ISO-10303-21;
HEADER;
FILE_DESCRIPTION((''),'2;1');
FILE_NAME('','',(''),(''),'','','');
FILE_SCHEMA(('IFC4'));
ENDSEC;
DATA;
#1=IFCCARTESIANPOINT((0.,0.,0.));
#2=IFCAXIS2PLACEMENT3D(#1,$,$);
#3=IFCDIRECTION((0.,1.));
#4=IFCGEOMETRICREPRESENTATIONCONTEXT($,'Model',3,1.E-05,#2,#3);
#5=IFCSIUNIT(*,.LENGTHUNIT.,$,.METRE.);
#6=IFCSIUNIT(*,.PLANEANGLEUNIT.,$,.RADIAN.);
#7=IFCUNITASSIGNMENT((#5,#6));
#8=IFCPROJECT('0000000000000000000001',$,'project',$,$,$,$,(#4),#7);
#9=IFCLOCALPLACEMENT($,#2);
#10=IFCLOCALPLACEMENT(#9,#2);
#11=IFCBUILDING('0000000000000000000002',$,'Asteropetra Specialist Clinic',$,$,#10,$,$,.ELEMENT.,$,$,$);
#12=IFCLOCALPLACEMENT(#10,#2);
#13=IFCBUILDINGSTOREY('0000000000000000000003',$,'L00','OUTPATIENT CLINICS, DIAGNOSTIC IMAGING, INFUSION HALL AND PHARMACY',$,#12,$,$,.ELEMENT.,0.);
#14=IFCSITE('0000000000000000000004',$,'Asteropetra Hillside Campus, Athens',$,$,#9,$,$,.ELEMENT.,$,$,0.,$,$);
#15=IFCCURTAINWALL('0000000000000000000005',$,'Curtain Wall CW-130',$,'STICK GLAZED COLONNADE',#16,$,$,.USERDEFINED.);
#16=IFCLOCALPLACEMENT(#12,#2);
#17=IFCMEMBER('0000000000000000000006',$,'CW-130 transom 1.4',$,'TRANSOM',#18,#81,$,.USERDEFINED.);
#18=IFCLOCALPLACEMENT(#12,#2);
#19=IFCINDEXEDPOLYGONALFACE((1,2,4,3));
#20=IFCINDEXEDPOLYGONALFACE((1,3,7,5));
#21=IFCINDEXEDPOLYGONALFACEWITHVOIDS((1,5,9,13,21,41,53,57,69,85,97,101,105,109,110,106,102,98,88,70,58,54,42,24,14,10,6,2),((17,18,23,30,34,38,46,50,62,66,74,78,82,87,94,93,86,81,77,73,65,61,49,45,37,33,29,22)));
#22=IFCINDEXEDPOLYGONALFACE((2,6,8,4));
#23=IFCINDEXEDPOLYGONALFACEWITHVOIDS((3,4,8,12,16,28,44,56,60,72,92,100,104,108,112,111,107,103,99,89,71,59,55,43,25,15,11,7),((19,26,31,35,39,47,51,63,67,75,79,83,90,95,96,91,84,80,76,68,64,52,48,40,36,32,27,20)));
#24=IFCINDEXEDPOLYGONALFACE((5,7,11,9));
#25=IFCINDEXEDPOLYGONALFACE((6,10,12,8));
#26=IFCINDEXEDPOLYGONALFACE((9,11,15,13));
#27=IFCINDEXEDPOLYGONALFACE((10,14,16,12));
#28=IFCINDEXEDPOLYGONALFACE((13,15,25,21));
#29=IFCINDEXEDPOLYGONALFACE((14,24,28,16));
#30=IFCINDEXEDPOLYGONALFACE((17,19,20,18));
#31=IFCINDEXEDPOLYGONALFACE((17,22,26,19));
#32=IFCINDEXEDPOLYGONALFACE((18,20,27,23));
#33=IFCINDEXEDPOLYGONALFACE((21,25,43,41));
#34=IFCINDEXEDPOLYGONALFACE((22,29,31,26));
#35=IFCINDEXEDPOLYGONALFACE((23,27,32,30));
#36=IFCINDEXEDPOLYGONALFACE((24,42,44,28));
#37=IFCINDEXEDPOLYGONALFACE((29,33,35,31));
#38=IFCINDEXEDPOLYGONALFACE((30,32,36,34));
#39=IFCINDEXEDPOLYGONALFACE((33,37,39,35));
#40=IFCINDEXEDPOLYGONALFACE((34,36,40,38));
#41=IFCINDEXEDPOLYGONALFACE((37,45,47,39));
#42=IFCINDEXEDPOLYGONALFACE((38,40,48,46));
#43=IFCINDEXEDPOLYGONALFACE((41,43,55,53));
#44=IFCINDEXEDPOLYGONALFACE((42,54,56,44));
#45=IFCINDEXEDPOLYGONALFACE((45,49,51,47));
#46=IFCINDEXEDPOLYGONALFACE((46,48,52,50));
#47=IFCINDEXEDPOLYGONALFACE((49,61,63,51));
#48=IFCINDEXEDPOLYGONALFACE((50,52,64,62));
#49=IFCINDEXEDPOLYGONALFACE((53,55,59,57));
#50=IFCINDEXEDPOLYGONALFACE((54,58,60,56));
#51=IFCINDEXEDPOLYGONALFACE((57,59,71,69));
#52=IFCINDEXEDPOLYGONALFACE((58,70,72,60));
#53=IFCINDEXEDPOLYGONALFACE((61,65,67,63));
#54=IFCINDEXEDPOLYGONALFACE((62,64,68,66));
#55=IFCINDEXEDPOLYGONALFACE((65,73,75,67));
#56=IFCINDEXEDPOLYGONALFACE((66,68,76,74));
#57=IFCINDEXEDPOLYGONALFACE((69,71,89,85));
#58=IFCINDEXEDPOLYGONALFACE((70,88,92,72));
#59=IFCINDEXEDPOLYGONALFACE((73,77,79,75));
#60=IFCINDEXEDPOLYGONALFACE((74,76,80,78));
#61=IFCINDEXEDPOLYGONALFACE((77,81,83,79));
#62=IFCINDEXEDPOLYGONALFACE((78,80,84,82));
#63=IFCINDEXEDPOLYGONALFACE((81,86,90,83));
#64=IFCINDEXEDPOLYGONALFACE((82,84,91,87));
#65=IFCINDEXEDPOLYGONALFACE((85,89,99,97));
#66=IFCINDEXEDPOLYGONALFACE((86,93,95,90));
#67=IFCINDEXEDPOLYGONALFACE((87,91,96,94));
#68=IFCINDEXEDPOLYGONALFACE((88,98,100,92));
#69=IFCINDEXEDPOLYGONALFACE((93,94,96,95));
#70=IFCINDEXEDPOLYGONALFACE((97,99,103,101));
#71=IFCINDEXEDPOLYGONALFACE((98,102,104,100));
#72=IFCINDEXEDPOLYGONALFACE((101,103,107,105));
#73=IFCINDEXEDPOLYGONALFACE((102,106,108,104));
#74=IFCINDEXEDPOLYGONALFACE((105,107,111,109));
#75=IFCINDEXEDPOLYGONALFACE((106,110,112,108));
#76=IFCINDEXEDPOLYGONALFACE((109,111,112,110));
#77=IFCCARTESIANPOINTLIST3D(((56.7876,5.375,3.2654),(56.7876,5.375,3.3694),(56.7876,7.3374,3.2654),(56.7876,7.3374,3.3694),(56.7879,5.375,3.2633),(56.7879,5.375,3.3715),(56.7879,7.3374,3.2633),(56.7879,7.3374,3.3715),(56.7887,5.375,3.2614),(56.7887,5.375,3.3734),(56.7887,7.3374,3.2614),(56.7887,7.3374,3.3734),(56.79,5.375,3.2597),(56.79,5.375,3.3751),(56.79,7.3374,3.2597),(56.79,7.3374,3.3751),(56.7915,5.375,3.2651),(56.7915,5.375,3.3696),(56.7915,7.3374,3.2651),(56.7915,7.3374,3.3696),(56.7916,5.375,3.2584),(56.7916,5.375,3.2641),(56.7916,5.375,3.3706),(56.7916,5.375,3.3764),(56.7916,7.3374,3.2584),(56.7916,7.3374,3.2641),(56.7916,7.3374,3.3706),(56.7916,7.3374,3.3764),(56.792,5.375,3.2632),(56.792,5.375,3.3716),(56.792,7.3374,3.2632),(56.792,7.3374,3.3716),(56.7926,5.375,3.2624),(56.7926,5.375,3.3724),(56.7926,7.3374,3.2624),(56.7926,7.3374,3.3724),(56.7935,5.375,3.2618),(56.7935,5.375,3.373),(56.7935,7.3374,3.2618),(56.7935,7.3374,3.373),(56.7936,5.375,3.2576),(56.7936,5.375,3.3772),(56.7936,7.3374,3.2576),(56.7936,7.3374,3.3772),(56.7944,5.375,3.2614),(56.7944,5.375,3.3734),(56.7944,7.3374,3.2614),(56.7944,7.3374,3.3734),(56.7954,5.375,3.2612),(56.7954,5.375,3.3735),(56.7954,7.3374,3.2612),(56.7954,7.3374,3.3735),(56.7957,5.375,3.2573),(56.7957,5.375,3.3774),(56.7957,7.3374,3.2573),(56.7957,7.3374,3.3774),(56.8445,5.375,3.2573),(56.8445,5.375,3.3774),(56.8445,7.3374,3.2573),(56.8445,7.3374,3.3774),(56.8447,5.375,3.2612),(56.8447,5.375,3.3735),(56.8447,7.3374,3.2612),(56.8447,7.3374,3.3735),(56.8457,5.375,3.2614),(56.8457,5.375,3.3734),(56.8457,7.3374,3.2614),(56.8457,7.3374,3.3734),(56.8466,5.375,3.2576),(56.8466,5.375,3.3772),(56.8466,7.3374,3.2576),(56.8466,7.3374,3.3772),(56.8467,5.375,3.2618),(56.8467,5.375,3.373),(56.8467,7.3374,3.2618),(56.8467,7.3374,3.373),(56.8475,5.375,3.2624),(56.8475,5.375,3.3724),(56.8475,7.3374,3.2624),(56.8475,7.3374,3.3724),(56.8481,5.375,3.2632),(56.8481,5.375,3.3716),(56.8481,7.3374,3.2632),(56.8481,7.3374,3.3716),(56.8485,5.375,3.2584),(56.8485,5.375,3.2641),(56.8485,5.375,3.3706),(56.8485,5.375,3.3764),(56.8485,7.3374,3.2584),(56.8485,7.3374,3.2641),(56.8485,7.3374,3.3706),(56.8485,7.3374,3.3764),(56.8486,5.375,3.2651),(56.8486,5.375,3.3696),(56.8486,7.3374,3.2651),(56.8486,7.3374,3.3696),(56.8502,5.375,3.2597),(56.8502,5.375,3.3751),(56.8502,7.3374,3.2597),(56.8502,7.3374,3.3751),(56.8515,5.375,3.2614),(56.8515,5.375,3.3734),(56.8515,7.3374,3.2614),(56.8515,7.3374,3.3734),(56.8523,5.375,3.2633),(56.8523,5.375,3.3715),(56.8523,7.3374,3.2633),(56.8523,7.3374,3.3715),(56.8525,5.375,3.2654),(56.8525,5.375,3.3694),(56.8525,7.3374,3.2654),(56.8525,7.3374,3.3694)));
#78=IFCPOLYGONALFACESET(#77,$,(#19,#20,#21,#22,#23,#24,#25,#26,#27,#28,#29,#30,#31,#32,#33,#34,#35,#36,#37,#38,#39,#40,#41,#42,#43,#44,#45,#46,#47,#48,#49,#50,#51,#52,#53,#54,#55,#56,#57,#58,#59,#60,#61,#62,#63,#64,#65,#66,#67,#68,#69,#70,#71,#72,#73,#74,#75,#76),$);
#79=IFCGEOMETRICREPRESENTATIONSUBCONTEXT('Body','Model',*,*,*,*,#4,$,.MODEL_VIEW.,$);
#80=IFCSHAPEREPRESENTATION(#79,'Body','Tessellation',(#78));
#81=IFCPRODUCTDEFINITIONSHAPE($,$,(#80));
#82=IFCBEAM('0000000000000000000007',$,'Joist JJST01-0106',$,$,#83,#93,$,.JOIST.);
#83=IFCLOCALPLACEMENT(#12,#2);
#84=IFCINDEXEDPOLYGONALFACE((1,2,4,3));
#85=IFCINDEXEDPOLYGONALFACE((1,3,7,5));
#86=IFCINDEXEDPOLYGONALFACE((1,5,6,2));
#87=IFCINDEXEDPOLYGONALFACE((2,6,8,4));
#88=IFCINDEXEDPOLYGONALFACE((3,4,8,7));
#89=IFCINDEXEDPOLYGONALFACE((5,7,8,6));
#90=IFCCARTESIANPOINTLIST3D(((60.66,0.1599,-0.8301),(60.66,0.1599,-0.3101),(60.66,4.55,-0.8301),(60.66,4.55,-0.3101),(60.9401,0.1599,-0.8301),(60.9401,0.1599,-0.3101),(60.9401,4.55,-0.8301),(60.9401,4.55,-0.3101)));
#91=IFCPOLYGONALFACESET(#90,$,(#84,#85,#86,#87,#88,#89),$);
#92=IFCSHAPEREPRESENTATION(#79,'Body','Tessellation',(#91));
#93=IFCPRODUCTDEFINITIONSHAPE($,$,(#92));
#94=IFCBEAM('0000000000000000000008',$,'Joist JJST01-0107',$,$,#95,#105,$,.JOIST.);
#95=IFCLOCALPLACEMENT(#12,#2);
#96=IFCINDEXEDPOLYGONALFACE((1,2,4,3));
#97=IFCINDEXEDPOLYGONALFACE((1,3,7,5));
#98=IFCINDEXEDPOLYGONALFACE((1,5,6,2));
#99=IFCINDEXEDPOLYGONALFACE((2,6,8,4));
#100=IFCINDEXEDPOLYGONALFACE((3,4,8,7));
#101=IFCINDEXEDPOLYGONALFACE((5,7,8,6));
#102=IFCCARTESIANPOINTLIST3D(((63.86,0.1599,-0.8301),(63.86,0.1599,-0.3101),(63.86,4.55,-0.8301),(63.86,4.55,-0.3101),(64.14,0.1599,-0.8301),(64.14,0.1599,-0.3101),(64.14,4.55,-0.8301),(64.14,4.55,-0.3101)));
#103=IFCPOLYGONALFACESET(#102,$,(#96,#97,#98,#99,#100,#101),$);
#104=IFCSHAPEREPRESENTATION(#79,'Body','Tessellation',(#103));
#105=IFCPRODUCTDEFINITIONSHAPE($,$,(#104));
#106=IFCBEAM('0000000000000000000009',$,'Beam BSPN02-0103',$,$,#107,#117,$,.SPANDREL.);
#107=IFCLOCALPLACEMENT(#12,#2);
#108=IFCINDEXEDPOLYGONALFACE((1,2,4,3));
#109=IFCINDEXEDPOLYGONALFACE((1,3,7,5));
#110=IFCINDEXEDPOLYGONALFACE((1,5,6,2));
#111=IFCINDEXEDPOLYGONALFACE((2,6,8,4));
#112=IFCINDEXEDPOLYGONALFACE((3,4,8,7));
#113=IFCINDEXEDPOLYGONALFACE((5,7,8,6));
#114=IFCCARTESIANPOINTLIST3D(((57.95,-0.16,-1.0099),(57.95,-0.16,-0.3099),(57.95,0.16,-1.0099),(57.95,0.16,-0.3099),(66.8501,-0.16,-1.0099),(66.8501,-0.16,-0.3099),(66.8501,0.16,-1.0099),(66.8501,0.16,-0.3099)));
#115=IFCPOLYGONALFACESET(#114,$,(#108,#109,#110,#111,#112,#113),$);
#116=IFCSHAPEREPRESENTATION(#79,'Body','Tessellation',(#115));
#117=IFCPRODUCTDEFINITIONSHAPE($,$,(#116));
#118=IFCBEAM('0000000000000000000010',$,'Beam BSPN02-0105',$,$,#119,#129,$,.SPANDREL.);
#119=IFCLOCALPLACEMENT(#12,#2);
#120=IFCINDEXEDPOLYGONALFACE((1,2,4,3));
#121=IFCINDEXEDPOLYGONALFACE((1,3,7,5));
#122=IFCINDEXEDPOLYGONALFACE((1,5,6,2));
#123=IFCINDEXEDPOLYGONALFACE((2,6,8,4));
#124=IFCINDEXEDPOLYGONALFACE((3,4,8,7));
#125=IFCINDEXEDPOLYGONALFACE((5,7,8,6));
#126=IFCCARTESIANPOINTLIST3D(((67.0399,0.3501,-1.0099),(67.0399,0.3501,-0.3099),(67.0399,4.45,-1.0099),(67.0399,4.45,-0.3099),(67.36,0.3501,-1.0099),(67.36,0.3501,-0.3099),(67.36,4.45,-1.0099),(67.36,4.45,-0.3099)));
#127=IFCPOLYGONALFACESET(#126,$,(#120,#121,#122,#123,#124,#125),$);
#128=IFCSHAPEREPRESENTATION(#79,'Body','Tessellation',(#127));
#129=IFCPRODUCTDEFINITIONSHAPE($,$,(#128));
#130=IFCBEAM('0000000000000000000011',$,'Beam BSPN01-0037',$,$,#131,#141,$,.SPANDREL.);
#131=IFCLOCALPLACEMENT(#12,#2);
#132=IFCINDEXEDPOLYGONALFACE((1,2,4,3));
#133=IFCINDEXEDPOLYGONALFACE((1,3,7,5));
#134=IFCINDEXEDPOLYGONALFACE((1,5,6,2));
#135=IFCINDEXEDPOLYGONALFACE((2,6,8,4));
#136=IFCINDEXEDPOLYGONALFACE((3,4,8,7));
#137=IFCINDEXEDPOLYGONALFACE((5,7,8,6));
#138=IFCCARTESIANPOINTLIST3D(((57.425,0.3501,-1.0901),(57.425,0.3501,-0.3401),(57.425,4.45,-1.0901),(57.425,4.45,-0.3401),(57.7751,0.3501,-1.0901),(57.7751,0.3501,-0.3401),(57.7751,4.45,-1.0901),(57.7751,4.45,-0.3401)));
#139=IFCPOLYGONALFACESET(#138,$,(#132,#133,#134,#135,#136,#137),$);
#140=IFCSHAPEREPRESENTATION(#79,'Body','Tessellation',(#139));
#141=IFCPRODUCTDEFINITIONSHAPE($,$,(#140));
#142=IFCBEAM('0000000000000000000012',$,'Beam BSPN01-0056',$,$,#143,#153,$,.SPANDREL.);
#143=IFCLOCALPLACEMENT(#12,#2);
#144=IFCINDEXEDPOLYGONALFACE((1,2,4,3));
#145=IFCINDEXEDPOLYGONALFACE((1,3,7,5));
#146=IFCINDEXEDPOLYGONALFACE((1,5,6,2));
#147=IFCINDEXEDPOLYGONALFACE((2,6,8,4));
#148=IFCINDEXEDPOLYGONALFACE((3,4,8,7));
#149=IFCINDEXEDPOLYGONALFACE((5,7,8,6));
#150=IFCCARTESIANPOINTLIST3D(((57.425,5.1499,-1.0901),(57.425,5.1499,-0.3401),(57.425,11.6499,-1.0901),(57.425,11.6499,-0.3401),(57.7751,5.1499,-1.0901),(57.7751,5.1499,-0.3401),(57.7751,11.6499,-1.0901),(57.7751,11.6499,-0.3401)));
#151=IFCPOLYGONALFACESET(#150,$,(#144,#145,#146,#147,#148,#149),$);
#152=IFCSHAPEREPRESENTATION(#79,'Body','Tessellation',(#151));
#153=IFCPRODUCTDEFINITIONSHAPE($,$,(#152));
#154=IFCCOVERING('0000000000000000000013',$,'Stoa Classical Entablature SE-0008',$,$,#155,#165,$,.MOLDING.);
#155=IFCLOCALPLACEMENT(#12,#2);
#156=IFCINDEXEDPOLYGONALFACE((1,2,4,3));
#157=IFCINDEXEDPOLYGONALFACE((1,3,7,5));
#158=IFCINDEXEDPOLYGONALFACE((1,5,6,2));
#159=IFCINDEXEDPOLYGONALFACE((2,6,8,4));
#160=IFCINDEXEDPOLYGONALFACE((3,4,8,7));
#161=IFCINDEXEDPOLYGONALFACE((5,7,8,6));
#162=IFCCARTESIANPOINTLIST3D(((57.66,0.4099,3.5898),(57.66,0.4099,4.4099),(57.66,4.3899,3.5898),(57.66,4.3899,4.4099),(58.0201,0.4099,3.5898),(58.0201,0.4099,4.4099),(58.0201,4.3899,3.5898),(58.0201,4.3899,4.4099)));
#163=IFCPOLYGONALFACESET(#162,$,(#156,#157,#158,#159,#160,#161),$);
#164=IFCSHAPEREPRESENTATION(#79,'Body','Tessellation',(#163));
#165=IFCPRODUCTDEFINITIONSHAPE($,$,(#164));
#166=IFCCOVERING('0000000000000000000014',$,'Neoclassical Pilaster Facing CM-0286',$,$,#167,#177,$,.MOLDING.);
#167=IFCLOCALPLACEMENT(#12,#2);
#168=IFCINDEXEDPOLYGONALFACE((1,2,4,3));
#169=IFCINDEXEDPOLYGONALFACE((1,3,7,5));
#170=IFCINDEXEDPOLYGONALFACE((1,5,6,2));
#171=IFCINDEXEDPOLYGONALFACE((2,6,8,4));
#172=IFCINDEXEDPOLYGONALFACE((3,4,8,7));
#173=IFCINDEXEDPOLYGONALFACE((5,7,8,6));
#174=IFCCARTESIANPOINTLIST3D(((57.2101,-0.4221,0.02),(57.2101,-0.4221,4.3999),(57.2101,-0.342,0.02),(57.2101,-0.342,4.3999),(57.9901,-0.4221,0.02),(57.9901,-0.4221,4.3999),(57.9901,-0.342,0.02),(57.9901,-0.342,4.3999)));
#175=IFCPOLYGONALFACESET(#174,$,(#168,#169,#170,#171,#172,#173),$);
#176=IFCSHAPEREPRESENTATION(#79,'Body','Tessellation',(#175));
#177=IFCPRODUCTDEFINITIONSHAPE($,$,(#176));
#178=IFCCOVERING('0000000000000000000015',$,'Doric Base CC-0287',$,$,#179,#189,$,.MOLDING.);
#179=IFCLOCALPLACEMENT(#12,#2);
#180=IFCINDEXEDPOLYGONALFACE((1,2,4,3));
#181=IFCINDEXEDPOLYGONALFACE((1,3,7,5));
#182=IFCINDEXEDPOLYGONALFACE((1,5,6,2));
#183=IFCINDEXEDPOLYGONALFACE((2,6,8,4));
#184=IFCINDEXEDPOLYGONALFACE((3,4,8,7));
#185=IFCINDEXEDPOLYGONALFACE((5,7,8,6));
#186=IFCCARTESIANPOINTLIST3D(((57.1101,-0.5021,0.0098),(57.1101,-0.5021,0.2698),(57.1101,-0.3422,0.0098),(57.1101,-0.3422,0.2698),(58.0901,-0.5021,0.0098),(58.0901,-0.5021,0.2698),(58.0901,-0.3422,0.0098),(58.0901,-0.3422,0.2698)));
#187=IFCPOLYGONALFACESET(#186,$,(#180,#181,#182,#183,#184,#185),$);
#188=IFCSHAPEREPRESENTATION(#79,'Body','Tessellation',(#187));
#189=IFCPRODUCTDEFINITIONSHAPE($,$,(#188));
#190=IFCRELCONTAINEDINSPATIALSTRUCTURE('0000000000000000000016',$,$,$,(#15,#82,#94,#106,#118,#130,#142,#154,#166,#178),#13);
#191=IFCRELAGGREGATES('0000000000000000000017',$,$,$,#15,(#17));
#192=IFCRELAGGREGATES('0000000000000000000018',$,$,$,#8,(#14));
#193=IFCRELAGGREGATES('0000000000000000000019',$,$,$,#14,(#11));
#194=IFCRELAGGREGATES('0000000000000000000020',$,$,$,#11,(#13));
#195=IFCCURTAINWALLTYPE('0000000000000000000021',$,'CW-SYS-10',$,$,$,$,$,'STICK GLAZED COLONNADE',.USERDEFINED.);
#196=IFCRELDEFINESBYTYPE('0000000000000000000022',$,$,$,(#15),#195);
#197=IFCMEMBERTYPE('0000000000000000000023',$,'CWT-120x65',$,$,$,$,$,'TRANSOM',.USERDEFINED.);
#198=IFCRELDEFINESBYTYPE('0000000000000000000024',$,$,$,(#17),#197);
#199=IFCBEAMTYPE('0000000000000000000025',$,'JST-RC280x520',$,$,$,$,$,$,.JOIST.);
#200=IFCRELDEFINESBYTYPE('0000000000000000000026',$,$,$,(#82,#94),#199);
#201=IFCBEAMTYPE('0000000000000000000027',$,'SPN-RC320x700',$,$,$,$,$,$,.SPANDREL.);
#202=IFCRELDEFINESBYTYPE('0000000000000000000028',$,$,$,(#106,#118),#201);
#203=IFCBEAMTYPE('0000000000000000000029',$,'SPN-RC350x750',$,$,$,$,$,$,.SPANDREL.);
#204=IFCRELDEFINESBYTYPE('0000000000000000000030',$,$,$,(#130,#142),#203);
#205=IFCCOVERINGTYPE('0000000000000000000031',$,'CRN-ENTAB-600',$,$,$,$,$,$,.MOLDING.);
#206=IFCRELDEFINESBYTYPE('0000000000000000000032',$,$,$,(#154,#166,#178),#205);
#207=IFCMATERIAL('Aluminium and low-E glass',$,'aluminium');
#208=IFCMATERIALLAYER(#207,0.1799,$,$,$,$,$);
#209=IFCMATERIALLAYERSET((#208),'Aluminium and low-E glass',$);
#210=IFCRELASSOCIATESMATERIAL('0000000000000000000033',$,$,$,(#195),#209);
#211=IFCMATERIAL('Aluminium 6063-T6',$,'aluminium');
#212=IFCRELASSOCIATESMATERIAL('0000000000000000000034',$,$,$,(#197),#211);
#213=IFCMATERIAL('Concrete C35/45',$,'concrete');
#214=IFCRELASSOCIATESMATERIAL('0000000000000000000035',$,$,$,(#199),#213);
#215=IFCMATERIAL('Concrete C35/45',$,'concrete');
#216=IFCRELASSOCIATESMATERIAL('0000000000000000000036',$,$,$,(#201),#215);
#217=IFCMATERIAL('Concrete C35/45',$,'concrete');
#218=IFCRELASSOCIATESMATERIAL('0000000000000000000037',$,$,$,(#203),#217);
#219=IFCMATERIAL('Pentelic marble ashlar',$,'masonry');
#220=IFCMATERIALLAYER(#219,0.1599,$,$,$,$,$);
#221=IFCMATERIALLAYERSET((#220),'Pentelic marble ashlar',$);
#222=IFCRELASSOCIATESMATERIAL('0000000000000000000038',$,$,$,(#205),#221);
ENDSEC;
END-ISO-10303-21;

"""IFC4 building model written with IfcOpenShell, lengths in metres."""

from ifc_helpers import new_model, si_unit, direction, frame, origin, origin_2d, place, context, subcontext, project, spatial, rectangle, hollow_rectangle, extrude, material, layer, layer_set, material_profile, profile_set, type_object, element, aggregate, save


model = new_model("IFC4")

# Units and contexts
model_context = context("Model", 3, precision=1e-05, world=origin(), true_north=direction((0.0, 1.0)))
body_context = subcontext(model_context, "Body", "Model", "MODEL_VIEW")
ifc_project = project(units=[si_unit("LENGTHUNIT", "METRE"), si_unit("PLANEANGLEUNIT", "RADIAN")], contexts=[model_context])

# Site, building, storey
site_placement = place(None, origin())
site = spatial("IfcSite", under=ifc_project, at=site_placement, Name="Asteropetra Hillside Campus, Athens", CompositionType="ELEMENT", RefElevation=0.0)
building_placement = place(site_placement, origin())
building = spatial("IfcBuilding", under=site, at=building_placement, Name="Asteropetra Specialist Clinic", CompositionType="ELEMENT")
storey_placement = place(building_placement, origin())
storey = spatial("IfcBuildingStorey", under=building, at=storey_placement, Name="L00", Description="OUTPATIENT CLINICS, DIAGNOSTIC IMAGING, INFUSION HALL AND PHARMACY", CompositionType="ELEMENT", Elevation=0.0)

# Curtain wall, member
ifc_material_1 = material(Name="Aluminium and low-E glass", Category="aluminium")
ifc_layer_1 = layer(ifc_material_1, 0.1799)
ifc_layer_set_1 = layer_set([ifc_layer_1], Name="Aluminium and low-E glass")
curtain_wall_type_1 = type_object("IfcCurtainWallType", Name="CW-SYS-10", ElementType="STICK GLAZED COLONNADE", PredefinedType="USERDEFINED", material=ifc_layer_set_1)
curtain_wall_1_placement = place(storey_placement, origin())
curtain_wall_1 = element("IfcCurtainWall", 1, at=curtain_wall_1_placement, inside=storey, type_object=curtain_wall_type_1, Name="Curtain Wall CW-130", ObjectType="STICK GLAZED COLONNADE", PredefinedType="USERDEFINED")
ifc_material_2 = material(Name="Aluminium 6063-T6", Category="aluminium")
ifc_material_profile_1 = material_profile(ifc_material_2, hollow_rectangle(XDim=0.0649, YDim=0.1201, WallThickness=0.0039, InnerFilletRadius=0.0039, OuterFilletRadius=0.0081, at=origin_2d()), Name="TRN 120x65x4.0")
ifc_profile_set_1 = profile_set([ifc_material_profile_1], Name="Aluminium 6063-T6")
member_type_1 = type_object("IfcMemberType", Name="CWT-120x65", ElementType="TRANSOM", PredefinedType="USERDEFINED", material=ifc_profile_set_1)
member_1_placement = place(storey_placement, frame((56.8201, 5.375, 3.3174), z_axis=(0.0, 1.0, 0.0), x_axis=(-1.0, 0.0, 0.0)))
member_1 = element("IfcMember", 2, at=member_1_placement, type_object=member_type_1, Name="CW-130 transom 1.4", ObjectType="TRANSOM", PredefinedType="USERDEFINED", context=body_context, shape_type="SweptSolid", body=[
    extrude(hollow_rectangle(XDim=0.0649, YDim=0.1201, WallThickness=0.0039, InnerFilletRadius=0.0039, OuterFilletRadius=0.0081, at=origin_2d()), origin(), (0.0, 0.0, 1.0), 1.9624),
])
aggregate(curtain_wall_1, [member_1])

# Beams
ifc_material_3 = material(Name="Concrete C35/45", Category="concrete")
ifc_material_profile_2 = material_profile(ifc_material_3, rectangle(XDim=0.28, YDim=0.52, at=origin_2d()), Name="RCJ 280x520")
ifc_profile_set_2 = profile_set([ifc_material_profile_2], Name="Concrete C35/45")
beam_type_1 = type_object("IfcBeamType", Name="JST-RC280x520", PredefinedType="JOIST", material=ifc_profile_set_2)
for number, where, z_axis, x_axis, name in (
    (3, (60.8, 0.1599, -0.5701), (0.0, 1.0, 0.0), (-1.0, 0.0, 0.0), "Joist JJST01-0106"),
    (4, (64.0, 0.1599, -0.5701), (0.0, 1.0, 0.0), (-1.0, 0.0, 0.0), "Joist JJST01-0107"),
):
    element("IfcBeam", number, at=place(storey_placement, frame(where, z_axis=z_axis, x_axis=x_axis)), inside=storey, type_object=beam_type_1, Name=name, PredefinedType="JOIST", context=body_context, shape_type="SweptSolid", body=[
        extrude(rectangle(XDim=0.28, YDim=0.52, at=origin_2d()), origin(), (0.0, 0.0, 1.0), 4.3901),
    ])
ifc_material_4 = material(Name="Concrete C35/45", Category="concrete")
ifc_material_profile_3 = material_profile(ifc_material_4, rectangle(XDim=0.3201, YDim=0.7, at=origin_2d()), Name="RCS 320x700")
ifc_profile_set_3 = profile_set([ifc_material_profile_3], Name="Concrete C35/45")
beam_type_2 = type_object("IfcBeamType", Name="SPN-RC320x700", PredefinedType="SPANDREL", material=ifc_profile_set_3)
beam_1_placement = place(storey_placement, frame((57.95, 0.0, -0.6599), z_axis=(1.0, 0.0, 0.0), x_axis=(0.0, 1.0, 0.0)))
element("IfcBeam", 5, at=beam_1_placement, inside=storey, type_object=beam_type_2, Name="Beam BSPN02-0103", PredefinedType="SPANDREL", context=body_context, shape_type="SweptSolid", body=[
    extrude(rectangle(XDim=0.3201, YDim=0.7, at=origin_2d()), origin(), (0.0, 0.0, 1.0), 8.9001),
])
beam_2_placement = place(storey_placement, frame((67.2, 0.3501, -0.6599), z_axis=(0.0, 1.0, 0.0), x_axis=(-1.0, 0.0, 0.0)))
element("IfcBeam", 6, at=beam_2_placement, inside=storey, type_object=beam_type_2, Name="Beam BSPN02-0105", PredefinedType="SPANDREL", context=body_context, shape_type="SweptSolid", body=[
    extrude(rectangle(XDim=0.3201, YDim=0.7, at=origin_2d()), origin(), (0.0, 0.0, 1.0), 4.0999),
])
ifc_material_5 = material(Name="Concrete C35/45", Category="concrete")
ifc_material_profile_4 = material_profile(ifc_material_5, rectangle(XDim=0.3501, YDim=0.75, at=origin_2d()), Name="RCS 350x750")
ifc_profile_set_4 = profile_set([ifc_material_profile_4], Name="Concrete C35/45")
beam_type_3 = type_object("IfcBeamType", Name="SPN-RC350x750", PredefinedType="SPANDREL", material=ifc_profile_set_4)
beam_3_placement = place(storey_placement, frame((57.6001, 0.3501, -0.7151), z_axis=(0.0, 1.0, 0.0), x_axis=(-1.0, 0.0, 0.0)))
element("IfcBeam", 7, at=beam_3_placement, inside=storey, type_object=beam_type_3, Name="Beam BSPN01-0037", PredefinedType="SPANDREL", context=body_context, shape_type="SweptSolid", body=[
    extrude(rectangle(XDim=0.3501, YDim=0.75, at=origin_2d()), origin(), (0.0, 0.0, 1.0), 4.0999),
])
beam_4_placement = place(storey_placement, frame((57.6001, 5.1499, -0.7151), z_axis=(0.0, 1.0, 0.0), x_axis=(-1.0, 0.0, 0.0)))
element("IfcBeam", 8, at=beam_4_placement, inside=storey, type_object=beam_type_3, Name="Beam BSPN01-0056", PredefinedType="SPANDREL", context=body_context, shape_type="SweptSolid", body=[
    extrude(rectangle(XDim=0.3501, YDim=0.75, at=origin_2d()), origin(), (0.0, 0.0, 1.0), 6.5),
])

# Coverings
ifc_material_6 = material(Name="Pentelic marble ashlar", Category="masonry")
ifc_layer_2 = layer(ifc_material_6, 0.1599)
ifc_layer_set_2 = layer_set([ifc_layer_2], Name="Pentelic marble ashlar")
covering_type = type_object("IfcCoveringType", Name="CRN-ENTAB-600", PredefinedType="MOLDING", material=ifc_layer_set_2)
covering_1_placement = place(storey_placement, frame((57.8401, 2.3999, 3.5898), z_axis=(0.0, 0.0, 1.0), x_axis=(1.0, 0.0, 0.0)))
element("IfcCovering", 9, at=covering_1_placement, inside=storey, type_object=covering_type, Name="Stoa Classical Entablature SE-0008", PredefinedType="MOLDING", context=body_context, shape_type="SweptSolid", body=[
    extrude(rectangle(XDim=0.3601, YDim=3.98, at=origin_2d()), origin(), (0.0, 0.0, 1.0), 0.8201),
])
covering_2_placement = place(storey_placement, frame((57.6001, -0.3821, 0.02), z_axis=(0.0, 0.0, 1.0), x_axis=(1.0, 0.0, 0.0)))
element("IfcCovering", 10, at=covering_2_placement, inside=storey, type_object=covering_type, Name="Neoclassical Pilaster Facing CM-0286", PredefinedType="MOLDING", context=body_context, shape_type="SweptSolid", body=[
    extrude(rectangle(XDim=0.78, YDim=0.0801, at=origin_2d()), origin(), (0.0, 0.0, 1.0), 4.3799),
])
for number, where, z_axis, x_axis, name in (
    (11, (57.6001, -0.4221, 0.0098), (0.0, 0.0, 1.0), (1.0, 0.0, 0.0), "Doric Base CC-0287"),
):
    element("IfcCovering", number, at=place(storey_placement, frame(where, z_axis=z_axis, x_axis=x_axis)), inside=storey, type_object=covering_type, Name=name, PredefinedType="MOLDING", context=body_context, shape_type="SweptSolid", body=[
        extrude(rectangle(XDim=0.98, YDim=0.1599, at=origin_2d()), origin(), (0.0, 0.0, 1.0), 0.26),
    ])

save(model, "model.ifc")
